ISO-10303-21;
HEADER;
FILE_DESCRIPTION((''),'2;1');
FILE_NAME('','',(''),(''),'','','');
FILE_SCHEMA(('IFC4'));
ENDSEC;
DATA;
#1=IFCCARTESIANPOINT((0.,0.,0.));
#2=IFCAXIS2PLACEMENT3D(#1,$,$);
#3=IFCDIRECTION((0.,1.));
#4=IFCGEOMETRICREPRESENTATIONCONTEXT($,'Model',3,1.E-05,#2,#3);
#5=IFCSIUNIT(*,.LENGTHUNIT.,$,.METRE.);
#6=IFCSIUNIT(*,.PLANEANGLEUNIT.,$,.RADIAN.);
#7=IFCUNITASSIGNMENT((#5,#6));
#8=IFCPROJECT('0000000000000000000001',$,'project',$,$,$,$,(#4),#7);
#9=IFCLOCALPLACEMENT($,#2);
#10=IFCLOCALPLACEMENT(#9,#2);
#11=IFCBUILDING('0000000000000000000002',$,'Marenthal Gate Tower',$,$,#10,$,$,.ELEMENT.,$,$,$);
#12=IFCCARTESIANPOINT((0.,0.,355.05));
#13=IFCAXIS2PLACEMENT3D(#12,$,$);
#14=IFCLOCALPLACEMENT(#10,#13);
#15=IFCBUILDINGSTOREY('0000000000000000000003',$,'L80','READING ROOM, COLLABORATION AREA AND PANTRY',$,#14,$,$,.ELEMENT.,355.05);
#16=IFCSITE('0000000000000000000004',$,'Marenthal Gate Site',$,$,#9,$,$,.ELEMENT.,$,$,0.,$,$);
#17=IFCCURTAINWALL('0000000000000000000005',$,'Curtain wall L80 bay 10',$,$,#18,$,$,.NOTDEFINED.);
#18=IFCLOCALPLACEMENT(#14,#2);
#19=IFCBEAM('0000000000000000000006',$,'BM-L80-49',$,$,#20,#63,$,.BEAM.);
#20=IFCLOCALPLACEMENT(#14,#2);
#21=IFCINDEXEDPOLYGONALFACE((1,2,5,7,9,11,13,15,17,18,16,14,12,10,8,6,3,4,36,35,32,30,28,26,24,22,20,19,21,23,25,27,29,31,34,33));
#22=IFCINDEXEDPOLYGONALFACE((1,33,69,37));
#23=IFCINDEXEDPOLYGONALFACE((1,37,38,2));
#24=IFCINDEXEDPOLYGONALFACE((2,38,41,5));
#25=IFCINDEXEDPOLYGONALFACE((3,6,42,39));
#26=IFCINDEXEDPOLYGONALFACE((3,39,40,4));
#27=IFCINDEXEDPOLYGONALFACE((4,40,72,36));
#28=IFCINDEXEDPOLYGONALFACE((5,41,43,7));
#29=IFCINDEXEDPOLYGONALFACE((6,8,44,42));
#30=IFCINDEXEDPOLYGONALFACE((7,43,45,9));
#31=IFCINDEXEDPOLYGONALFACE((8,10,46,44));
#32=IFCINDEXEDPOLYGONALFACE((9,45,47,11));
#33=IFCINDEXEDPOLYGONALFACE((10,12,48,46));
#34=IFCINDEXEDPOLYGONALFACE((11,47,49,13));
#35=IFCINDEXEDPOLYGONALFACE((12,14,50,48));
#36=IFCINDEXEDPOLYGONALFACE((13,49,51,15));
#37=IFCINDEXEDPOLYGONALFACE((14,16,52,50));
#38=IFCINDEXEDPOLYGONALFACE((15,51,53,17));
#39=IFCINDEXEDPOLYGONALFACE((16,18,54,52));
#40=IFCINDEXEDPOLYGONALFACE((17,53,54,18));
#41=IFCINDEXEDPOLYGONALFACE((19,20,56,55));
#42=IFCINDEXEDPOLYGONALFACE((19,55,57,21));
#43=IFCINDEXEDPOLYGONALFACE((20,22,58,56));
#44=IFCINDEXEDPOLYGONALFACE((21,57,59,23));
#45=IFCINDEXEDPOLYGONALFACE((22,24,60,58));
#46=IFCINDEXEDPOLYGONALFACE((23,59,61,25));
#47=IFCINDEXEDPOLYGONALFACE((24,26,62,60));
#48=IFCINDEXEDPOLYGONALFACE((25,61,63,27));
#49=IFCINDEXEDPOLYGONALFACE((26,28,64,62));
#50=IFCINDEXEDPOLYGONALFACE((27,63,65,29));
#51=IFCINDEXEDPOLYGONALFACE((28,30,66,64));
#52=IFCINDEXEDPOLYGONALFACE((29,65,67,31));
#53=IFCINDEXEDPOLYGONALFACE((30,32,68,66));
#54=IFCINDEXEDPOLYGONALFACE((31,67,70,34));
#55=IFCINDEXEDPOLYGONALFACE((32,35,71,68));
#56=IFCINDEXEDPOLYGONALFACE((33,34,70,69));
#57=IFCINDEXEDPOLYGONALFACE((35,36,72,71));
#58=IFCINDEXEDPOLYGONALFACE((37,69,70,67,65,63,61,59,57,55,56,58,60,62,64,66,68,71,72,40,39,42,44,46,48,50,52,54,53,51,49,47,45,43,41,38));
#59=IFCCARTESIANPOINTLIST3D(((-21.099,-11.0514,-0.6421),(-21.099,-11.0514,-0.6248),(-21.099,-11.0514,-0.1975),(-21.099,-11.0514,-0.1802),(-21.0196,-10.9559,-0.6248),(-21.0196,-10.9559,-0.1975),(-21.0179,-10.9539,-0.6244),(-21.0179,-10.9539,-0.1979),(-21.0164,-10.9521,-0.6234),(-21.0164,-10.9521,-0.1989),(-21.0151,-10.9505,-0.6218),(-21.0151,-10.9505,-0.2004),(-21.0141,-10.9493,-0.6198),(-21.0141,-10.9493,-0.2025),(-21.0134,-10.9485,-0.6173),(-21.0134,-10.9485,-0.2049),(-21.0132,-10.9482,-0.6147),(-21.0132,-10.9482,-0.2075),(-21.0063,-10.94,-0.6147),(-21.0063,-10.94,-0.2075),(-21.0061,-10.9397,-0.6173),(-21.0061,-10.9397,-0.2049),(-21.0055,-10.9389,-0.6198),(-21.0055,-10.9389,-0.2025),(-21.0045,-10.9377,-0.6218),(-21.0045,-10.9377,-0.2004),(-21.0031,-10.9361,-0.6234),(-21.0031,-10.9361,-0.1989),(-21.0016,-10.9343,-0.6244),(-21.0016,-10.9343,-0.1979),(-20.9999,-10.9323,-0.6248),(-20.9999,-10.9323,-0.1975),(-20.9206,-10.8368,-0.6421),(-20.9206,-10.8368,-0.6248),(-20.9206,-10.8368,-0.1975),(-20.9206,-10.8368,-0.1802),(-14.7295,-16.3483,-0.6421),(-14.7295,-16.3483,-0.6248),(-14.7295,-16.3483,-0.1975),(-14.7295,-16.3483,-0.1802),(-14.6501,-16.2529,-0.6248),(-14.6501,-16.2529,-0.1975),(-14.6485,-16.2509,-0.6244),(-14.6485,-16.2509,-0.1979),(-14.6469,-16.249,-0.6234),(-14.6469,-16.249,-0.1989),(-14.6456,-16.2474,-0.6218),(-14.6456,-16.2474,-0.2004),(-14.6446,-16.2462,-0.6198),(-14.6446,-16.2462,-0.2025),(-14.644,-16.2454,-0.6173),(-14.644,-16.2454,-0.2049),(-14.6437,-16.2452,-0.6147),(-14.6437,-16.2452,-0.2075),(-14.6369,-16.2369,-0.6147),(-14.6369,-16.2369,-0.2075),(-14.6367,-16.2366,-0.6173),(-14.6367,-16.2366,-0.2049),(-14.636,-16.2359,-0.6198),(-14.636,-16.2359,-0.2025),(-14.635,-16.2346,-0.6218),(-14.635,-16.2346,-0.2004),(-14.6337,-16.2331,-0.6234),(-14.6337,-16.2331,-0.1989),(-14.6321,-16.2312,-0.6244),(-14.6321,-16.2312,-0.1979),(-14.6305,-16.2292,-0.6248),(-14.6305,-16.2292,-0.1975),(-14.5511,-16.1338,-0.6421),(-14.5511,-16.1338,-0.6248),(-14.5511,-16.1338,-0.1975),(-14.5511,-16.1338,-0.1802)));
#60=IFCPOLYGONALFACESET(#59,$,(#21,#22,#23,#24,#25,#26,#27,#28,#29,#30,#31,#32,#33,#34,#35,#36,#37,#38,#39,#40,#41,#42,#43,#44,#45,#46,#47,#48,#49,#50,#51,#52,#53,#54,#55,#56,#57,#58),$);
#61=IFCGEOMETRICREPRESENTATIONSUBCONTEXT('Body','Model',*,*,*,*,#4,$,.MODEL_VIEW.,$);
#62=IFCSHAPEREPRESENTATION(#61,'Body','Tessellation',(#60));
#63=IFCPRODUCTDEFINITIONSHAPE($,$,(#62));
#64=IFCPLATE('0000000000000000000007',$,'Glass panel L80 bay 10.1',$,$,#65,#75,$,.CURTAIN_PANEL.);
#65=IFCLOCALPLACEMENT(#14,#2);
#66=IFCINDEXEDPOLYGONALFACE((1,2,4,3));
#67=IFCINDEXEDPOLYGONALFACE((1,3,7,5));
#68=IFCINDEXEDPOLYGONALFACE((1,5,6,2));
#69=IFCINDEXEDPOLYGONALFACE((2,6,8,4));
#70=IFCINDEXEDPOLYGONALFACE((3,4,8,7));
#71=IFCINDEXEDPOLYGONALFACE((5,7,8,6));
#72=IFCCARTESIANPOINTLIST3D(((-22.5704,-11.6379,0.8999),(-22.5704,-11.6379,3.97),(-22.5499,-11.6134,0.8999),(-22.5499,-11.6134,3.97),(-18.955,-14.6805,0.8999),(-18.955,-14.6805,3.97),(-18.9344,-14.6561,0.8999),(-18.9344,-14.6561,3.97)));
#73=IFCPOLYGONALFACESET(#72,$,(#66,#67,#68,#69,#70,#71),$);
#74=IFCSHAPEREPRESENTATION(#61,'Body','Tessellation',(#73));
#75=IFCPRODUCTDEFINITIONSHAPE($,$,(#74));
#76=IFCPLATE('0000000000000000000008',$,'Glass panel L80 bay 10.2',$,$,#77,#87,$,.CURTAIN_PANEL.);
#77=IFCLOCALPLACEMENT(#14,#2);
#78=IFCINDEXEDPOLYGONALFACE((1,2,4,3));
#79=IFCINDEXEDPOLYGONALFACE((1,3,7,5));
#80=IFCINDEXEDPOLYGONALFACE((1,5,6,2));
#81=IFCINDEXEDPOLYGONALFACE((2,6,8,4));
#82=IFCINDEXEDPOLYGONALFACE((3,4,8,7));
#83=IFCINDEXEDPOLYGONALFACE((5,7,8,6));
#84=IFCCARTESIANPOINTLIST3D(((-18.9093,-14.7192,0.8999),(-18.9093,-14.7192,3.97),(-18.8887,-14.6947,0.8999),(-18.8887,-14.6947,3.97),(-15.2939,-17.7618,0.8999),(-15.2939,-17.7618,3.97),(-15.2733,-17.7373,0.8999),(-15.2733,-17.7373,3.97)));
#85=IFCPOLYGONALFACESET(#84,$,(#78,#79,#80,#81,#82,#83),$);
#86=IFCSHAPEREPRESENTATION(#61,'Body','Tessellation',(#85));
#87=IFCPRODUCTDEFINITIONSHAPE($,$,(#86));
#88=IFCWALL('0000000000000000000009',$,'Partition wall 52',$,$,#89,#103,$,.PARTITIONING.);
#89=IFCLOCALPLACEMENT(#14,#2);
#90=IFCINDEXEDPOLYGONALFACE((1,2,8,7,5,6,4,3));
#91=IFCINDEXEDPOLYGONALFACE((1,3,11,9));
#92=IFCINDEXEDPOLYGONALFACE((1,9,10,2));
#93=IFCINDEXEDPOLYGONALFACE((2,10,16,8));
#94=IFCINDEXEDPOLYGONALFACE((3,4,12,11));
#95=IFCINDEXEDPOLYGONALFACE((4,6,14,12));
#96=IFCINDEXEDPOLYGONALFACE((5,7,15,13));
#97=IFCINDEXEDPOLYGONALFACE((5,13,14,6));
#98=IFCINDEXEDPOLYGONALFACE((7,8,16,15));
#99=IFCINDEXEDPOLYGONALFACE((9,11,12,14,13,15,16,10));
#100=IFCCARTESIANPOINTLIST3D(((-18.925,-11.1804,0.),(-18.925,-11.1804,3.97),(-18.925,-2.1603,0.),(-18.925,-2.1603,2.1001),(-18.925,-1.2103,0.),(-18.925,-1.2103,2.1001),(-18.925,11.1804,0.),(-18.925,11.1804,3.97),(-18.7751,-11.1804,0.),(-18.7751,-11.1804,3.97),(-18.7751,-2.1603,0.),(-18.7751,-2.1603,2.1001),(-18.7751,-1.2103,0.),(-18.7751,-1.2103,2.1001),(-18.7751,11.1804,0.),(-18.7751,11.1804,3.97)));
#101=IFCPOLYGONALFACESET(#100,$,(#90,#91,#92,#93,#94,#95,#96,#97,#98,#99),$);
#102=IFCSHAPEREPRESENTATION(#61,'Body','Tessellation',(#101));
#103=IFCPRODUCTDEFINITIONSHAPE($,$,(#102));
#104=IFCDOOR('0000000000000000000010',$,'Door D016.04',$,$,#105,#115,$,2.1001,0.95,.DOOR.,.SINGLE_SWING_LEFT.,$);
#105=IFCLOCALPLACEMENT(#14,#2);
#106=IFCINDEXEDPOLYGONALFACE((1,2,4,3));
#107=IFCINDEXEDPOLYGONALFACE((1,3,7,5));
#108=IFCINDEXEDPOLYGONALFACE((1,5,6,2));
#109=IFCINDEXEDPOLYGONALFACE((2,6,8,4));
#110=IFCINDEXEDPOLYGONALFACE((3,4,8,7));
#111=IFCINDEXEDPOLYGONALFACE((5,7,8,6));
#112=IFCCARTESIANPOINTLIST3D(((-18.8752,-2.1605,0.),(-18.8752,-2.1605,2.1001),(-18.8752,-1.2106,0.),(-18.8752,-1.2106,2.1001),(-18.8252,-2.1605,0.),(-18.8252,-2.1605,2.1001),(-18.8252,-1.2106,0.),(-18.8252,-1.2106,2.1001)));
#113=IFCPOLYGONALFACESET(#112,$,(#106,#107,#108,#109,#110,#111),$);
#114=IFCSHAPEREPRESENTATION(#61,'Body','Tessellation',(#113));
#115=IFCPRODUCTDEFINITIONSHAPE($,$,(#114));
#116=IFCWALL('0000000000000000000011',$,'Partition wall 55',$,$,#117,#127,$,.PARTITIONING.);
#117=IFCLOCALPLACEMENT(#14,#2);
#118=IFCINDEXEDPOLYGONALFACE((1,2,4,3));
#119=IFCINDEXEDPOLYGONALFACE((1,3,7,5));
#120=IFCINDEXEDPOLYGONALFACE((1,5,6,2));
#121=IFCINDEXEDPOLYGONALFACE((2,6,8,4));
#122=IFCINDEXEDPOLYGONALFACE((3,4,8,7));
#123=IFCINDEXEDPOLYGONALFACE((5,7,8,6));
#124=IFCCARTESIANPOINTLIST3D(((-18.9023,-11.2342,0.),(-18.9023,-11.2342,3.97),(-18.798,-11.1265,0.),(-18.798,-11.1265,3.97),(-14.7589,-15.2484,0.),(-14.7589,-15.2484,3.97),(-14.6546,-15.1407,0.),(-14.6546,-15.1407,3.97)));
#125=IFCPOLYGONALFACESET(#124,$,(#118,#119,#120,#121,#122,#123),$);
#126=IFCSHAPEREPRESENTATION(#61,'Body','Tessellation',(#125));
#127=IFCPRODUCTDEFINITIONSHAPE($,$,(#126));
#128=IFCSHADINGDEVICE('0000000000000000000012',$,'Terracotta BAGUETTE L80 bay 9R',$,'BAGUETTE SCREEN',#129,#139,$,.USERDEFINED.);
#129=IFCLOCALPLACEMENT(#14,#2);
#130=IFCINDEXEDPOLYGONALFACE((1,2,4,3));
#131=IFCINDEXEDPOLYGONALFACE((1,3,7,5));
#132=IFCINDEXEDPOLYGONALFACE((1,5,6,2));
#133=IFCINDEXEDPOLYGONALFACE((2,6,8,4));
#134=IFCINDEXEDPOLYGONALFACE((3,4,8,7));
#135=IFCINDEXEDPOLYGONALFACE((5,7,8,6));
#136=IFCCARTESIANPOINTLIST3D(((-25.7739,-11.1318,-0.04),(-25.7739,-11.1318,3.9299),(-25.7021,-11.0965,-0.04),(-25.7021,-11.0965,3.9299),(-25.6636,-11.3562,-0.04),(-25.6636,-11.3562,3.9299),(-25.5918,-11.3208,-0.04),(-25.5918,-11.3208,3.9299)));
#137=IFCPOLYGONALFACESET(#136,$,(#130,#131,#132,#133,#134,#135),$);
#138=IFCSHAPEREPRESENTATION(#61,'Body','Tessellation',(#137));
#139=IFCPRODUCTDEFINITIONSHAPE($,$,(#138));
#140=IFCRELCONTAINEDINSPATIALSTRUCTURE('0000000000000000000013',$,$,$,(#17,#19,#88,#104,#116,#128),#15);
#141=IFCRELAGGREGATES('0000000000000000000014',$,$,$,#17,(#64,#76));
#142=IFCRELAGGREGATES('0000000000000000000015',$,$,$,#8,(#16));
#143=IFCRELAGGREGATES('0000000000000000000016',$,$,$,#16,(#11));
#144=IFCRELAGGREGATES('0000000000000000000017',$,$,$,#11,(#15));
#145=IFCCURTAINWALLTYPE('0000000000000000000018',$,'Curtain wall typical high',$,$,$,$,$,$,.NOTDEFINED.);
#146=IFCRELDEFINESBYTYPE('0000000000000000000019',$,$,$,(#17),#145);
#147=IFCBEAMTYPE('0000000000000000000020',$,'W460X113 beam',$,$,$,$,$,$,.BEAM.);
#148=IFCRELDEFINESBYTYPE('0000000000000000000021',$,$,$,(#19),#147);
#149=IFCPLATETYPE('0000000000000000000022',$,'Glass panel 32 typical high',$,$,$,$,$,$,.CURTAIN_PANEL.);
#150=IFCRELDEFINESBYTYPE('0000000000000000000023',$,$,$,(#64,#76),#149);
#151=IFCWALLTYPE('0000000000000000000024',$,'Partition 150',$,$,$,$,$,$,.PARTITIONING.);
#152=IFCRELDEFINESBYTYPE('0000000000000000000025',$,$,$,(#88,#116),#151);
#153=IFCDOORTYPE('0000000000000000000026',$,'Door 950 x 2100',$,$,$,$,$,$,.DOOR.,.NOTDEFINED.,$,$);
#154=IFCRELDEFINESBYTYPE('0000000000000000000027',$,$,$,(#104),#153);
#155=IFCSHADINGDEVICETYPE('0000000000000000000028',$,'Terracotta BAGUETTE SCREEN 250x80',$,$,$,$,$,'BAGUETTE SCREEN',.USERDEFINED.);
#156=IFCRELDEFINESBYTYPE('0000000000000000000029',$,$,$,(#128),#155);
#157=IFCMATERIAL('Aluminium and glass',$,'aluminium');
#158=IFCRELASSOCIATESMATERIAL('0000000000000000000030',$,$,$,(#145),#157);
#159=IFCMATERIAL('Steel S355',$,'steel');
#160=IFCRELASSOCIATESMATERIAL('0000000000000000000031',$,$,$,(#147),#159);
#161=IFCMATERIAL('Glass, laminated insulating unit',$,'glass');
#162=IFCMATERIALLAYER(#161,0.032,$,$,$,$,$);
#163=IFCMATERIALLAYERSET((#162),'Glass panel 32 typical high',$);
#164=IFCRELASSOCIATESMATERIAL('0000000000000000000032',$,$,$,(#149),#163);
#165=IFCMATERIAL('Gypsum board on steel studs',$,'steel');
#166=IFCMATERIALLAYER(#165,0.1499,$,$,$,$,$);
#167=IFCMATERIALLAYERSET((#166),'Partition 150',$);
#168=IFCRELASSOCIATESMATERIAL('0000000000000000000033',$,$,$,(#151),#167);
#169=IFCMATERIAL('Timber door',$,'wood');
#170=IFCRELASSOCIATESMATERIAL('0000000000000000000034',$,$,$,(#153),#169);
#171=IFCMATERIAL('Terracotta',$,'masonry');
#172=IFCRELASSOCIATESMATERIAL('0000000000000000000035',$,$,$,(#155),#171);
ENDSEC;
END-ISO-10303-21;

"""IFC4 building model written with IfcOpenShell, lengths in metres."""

from ifc_helpers import new_model, si_unit, direction, frame, frame_2d, origin, origin_2d, place, context, subcontext, project, spatial, rectangle, i_section, extrude, material, layer, layer_set, material_profile, profile_set, type_object, element, fill, aggregate, save


model = new_model("IFC4")

# Units and contexts
model_context = context("Model", 3, precision=1e-05, world=origin(), true_north=direction((0.0, 1.0)))
body_context = subcontext(model_context, "Body", "Model", "MODEL_VIEW")
ifc_project = project(units=[si_unit("LENGTHUNIT", "METRE"), si_unit("PLANEANGLEUNIT", "RADIAN")], contexts=[model_context])

# Site, building, storey
site_placement = place(None, origin())
site = spatial("IfcSite", under=ifc_project, at=site_placement, Name="Marenthal Gate Site", CompositionType="ELEMENT", RefElevation=0.0)
building_placement = place(site_placement, origin())
building = spatial("IfcBuilding", under=site, at=building_placement, Name="Marenthal Gate Tower", CompositionType="ELEMENT")
storey_placement = place(building_placement, frame((0.0, 0.0, 355.05)))
storey = spatial("IfcBuildingStorey", under=building, at=storey_placement, Name="L80", Description="READING ROOM, COLLABORATION AREA AND PANTRY", CompositionType="ELEMENT", Elevation=355.05)

# Curtain wall
ifc_material_1 = material(Name="Aluminium and glass", Category="aluminium")
curtain_wall_type = type_object("IfcCurtainWallType", Name="Curtain wall typical high", PredefinedType="NOTDEFINED", material=ifc_material_1)
curtain_wall_placement = place(storey_placement, origin())
curtain_wall = element("IfcCurtainWall", 1, at=curtain_wall_placement, inside=storey, type_object=curtain_wall_type, Name="Curtain wall L80 bay 10", PredefinedType="NOTDEFINED")

# Beam
ifc_material_2 = material(Name="Steel S355", Category="steel")
ifc_material_profile_1 = material_profile(ifc_material_2, i_section(OverallWidth=0.2791, OverallDepth=0.4619, WebThickness=0.0107, FlangeThickness=0.0173, FilletRadius=0.01, at=origin_2d()), Name="W460X113")
ifc_profile_set_1 = profile_set([ifc_material_profile_1], Name="Steel S355")
beam_type_1 = type_object("IfcBeamType", Name="W460X113 beam", PredefinedType="BEAM", material=ifc_profile_set_1)
beam_1_placement = place(storey_placement, frame((-21.0098, -10.9441, -0.4111), z_axis=(0.768871, -0.639404, 0.0), x_axis=(0.639404, 0.768871, 0.0)))
element("IfcBeam", 2, at=beam_1_placement, inside=storey, type_object=beam_type_1, Name="BM-L80-49", PredefinedType="BEAM", context=body_context, shape_type="SweptSolid", body=[
    extrude(i_section(OverallWidth=0.2791, OverallDepth=0.4619, WebThickness=0.0107, FlangeThickness=0.0173, FilletRadius=0.01, at=origin_2d()), origin(), (0.0, 0.0, 1.0), 8.2842),
])

# Plates
ifc_material_3 = material(Name="Glass, laminated insulating unit", Category="glass")
ifc_layer_1 = layer(ifc_material_3, 0.032)
ifc_layer_set_1 = layer_set([ifc_layer_1], Name="Glass panel 32 typical high")
plate_type = type_object("IfcPlateType", Name="Glass panel 32 typical high", PredefinedType="CURTAIN_PANEL", material=ifc_layer_set_1)
plate_1_placement = place(storey_placement, frame((-20.7524, -13.147, 0.8999), z_axis=(0.0, 0.0, 1.0), x_axis=(0.765113, -0.643896, 0.0)))
plate_1 = element("IfcPlate", 3, at=plate_1_placement, type_object=plate_type, Name="Glass panel L80 bay 10.1", PredefinedType="CURTAIN_PANEL", context=body_context, shape_type="SweptSolid", body=[
    extrude(rectangle(XDim=4.7253, YDim=0.032, at=origin_2d()), origin(), (0.0, 0.0, 1.0), 3.0701),
])
plate_2_placement = place(storey_placement, frame((-17.0913, -16.2283, 0.8999), z_axis=(0.0, 0.0, 1.0), x_axis=(0.765113, -0.643896, 0.0)))
plate_2 = element("IfcPlate", 4, at=plate_2_placement, type_object=plate_type, Name="Glass panel L80 bay 10.2", PredefinedType="CURTAIN_PANEL", context=body_context, shape_type="SweptSolid", body=[
    extrude(rectangle(XDim=4.7253, YDim=0.032, at=origin_2d()), origin(), (0.0, 0.0, 1.0), 3.0701),
])
aggregate(curtain_wall, [plate_1, plate_2])

# Wall, opening, door
ifc_material_4 = material(Name="Gypsum board on steel studs", Category="steel")
ifc_layer_2 = layer(ifc_material_4, 0.1499)
ifc_layer_set_2 = layer_set([ifc_layer_2], Name="Partition 150")
wall_type_1 = type_object("IfcWallType", Name="Partition 150", PredefinedType="PARTITIONING", material=ifc_layer_set_2)
wall_1_placement = place(storey_placement, frame((-18.8501, -11.1804, 0.0), z_axis=(0.0, 0.0, 1.0), x_axis=(0.0, 1.0, 0.0)))
wall_1 = element("IfcWall", 5, at=wall_1_placement, inside=storey, type_object=wall_type_1, Name="Partition wall 52", PredefinedType="PARTITIONING", context=body_context, shape_type="SweptSolid", body=[
    extrude(rectangle(XDim=22.3608, YDim=0.1499, at=frame_2d((11.1804, 0.0))), origin(), (0.0, 0.0, 1.0), 3.97),
])
opening_1_placement = place(wall_1_placement, frame((9.02, 0.0, 0.0)))
opening_1 = element("IfcOpeningElement", 6, at=opening_1_placement, cuts=wall_1, PredefinedType="OPENING", context=body_context, shape_type="SweptSolid", body=[
    extrude(rectangle(XDim=0.95, YDim=2.1001, at=frame_2d((0.4751, 1.05))), frame((0.0, 0.085, 0.0), z_axis=(0.0, -1.0, 0.0), x_axis=(1.0, 0.0, 0.0)), (0.0, 0.0, 1.0), 0.1699),
])
ifc_material_5 = material(Name="Timber door", Category="wood")
door_type_1 = type_object("IfcDoorType", Name="Door 950 x 2100", OperationType="NOTDEFINED", PredefinedType="DOOR", material=ifc_material_5)
door_1_placement = place(opening_1_placement, frame((0.95, 0.0, 0.0), z_axis=(0.0, 0.0, 1.0), x_axis=(-1.0, 0.0, 0.0)))
door_1 = element("IfcDoor", 7, at=door_1_placement, inside=storey, type_object=door_type_1, Name="Door D016.04", OperationType="SINGLE_SWING_LEFT", OverallHeight=2.1001, OverallWidth=0.95, PredefinedType="DOOR", context=body_context, shape_type="SweptSolid", body=[
    extrude(rectangle(XDim=0.95, YDim=2.1001, at=frame_2d((0.4751, 1.05))), frame((0.0, 0.0249, 0.0), z_axis=(0.0, -1.0, 0.0), x_axis=(1.0, 0.0, 0.0)), (0.0, 0.0, 1.0), 0.05),
])
fill(opening_1, door_1)

# Wall
wall_2_placement = place(storey_placement, frame((-14.7068, -15.1946, 0.0), z_axis=(0.0, 0.0, 1.0), x_axis=(-0.718212, 0.695825, 0.0)))
element("IfcWall", 8, at=wall_2_placement, inside=storey, type_object=wall_type_1, Name="Partition wall 55", PredefinedType="PARTITIONING", context=body_context, shape_type="SweptSolid", body=[
    extrude(rectangle(XDim=5.769, YDim=0.1499, at=frame_2d((2.8845, 0.0))), origin(), (0.0, 0.0, 1.0), 3.97),
])

# Shading device
ifc_material_6 = material(Name="Terracotta", Category="masonry")
ifc_material_profile_2 = material_profile(ifc_material_6, rectangle(XDim=0.25, YDim=0.0801, at=origin_2d()), Name="Terracotta baguette 250x80")
ifc_profile_set_2 = profile_set([ifc_material_profile_2], Name="Terracotta")
shading_device_type = type_object("IfcShadingDeviceType", Name="Terracotta BAGUETTE SCREEN 250x80", ElementType="BAGUETTE SCREEN", PredefinedType="USERDEFINED", material=ifc_profile_set_2)
shading_device_placement = place(storey_placement, frame((-25.6829, -11.2263, -0.04), z_axis=(0.0, 0.0, 1.0), x_axis=(0.441181, -0.897418, 0.0)))
element("IfcShadingDevice", 9, at=shading_device_placement, inside=storey, type_object=shading_device_type, Name="Terracotta BAGUETTE L80 bay 9R", ObjectType="BAGUETTE SCREEN", PredefinedType="USERDEFINED", context=body_context, shape_type="SweptSolid", body=[
    extrude(rectangle(XDim=0.25, YDim=0.0801, at=origin_2d()), origin(), (0.0, 0.0, 1.0), 3.97),
])

save(model, "model.ifc")
